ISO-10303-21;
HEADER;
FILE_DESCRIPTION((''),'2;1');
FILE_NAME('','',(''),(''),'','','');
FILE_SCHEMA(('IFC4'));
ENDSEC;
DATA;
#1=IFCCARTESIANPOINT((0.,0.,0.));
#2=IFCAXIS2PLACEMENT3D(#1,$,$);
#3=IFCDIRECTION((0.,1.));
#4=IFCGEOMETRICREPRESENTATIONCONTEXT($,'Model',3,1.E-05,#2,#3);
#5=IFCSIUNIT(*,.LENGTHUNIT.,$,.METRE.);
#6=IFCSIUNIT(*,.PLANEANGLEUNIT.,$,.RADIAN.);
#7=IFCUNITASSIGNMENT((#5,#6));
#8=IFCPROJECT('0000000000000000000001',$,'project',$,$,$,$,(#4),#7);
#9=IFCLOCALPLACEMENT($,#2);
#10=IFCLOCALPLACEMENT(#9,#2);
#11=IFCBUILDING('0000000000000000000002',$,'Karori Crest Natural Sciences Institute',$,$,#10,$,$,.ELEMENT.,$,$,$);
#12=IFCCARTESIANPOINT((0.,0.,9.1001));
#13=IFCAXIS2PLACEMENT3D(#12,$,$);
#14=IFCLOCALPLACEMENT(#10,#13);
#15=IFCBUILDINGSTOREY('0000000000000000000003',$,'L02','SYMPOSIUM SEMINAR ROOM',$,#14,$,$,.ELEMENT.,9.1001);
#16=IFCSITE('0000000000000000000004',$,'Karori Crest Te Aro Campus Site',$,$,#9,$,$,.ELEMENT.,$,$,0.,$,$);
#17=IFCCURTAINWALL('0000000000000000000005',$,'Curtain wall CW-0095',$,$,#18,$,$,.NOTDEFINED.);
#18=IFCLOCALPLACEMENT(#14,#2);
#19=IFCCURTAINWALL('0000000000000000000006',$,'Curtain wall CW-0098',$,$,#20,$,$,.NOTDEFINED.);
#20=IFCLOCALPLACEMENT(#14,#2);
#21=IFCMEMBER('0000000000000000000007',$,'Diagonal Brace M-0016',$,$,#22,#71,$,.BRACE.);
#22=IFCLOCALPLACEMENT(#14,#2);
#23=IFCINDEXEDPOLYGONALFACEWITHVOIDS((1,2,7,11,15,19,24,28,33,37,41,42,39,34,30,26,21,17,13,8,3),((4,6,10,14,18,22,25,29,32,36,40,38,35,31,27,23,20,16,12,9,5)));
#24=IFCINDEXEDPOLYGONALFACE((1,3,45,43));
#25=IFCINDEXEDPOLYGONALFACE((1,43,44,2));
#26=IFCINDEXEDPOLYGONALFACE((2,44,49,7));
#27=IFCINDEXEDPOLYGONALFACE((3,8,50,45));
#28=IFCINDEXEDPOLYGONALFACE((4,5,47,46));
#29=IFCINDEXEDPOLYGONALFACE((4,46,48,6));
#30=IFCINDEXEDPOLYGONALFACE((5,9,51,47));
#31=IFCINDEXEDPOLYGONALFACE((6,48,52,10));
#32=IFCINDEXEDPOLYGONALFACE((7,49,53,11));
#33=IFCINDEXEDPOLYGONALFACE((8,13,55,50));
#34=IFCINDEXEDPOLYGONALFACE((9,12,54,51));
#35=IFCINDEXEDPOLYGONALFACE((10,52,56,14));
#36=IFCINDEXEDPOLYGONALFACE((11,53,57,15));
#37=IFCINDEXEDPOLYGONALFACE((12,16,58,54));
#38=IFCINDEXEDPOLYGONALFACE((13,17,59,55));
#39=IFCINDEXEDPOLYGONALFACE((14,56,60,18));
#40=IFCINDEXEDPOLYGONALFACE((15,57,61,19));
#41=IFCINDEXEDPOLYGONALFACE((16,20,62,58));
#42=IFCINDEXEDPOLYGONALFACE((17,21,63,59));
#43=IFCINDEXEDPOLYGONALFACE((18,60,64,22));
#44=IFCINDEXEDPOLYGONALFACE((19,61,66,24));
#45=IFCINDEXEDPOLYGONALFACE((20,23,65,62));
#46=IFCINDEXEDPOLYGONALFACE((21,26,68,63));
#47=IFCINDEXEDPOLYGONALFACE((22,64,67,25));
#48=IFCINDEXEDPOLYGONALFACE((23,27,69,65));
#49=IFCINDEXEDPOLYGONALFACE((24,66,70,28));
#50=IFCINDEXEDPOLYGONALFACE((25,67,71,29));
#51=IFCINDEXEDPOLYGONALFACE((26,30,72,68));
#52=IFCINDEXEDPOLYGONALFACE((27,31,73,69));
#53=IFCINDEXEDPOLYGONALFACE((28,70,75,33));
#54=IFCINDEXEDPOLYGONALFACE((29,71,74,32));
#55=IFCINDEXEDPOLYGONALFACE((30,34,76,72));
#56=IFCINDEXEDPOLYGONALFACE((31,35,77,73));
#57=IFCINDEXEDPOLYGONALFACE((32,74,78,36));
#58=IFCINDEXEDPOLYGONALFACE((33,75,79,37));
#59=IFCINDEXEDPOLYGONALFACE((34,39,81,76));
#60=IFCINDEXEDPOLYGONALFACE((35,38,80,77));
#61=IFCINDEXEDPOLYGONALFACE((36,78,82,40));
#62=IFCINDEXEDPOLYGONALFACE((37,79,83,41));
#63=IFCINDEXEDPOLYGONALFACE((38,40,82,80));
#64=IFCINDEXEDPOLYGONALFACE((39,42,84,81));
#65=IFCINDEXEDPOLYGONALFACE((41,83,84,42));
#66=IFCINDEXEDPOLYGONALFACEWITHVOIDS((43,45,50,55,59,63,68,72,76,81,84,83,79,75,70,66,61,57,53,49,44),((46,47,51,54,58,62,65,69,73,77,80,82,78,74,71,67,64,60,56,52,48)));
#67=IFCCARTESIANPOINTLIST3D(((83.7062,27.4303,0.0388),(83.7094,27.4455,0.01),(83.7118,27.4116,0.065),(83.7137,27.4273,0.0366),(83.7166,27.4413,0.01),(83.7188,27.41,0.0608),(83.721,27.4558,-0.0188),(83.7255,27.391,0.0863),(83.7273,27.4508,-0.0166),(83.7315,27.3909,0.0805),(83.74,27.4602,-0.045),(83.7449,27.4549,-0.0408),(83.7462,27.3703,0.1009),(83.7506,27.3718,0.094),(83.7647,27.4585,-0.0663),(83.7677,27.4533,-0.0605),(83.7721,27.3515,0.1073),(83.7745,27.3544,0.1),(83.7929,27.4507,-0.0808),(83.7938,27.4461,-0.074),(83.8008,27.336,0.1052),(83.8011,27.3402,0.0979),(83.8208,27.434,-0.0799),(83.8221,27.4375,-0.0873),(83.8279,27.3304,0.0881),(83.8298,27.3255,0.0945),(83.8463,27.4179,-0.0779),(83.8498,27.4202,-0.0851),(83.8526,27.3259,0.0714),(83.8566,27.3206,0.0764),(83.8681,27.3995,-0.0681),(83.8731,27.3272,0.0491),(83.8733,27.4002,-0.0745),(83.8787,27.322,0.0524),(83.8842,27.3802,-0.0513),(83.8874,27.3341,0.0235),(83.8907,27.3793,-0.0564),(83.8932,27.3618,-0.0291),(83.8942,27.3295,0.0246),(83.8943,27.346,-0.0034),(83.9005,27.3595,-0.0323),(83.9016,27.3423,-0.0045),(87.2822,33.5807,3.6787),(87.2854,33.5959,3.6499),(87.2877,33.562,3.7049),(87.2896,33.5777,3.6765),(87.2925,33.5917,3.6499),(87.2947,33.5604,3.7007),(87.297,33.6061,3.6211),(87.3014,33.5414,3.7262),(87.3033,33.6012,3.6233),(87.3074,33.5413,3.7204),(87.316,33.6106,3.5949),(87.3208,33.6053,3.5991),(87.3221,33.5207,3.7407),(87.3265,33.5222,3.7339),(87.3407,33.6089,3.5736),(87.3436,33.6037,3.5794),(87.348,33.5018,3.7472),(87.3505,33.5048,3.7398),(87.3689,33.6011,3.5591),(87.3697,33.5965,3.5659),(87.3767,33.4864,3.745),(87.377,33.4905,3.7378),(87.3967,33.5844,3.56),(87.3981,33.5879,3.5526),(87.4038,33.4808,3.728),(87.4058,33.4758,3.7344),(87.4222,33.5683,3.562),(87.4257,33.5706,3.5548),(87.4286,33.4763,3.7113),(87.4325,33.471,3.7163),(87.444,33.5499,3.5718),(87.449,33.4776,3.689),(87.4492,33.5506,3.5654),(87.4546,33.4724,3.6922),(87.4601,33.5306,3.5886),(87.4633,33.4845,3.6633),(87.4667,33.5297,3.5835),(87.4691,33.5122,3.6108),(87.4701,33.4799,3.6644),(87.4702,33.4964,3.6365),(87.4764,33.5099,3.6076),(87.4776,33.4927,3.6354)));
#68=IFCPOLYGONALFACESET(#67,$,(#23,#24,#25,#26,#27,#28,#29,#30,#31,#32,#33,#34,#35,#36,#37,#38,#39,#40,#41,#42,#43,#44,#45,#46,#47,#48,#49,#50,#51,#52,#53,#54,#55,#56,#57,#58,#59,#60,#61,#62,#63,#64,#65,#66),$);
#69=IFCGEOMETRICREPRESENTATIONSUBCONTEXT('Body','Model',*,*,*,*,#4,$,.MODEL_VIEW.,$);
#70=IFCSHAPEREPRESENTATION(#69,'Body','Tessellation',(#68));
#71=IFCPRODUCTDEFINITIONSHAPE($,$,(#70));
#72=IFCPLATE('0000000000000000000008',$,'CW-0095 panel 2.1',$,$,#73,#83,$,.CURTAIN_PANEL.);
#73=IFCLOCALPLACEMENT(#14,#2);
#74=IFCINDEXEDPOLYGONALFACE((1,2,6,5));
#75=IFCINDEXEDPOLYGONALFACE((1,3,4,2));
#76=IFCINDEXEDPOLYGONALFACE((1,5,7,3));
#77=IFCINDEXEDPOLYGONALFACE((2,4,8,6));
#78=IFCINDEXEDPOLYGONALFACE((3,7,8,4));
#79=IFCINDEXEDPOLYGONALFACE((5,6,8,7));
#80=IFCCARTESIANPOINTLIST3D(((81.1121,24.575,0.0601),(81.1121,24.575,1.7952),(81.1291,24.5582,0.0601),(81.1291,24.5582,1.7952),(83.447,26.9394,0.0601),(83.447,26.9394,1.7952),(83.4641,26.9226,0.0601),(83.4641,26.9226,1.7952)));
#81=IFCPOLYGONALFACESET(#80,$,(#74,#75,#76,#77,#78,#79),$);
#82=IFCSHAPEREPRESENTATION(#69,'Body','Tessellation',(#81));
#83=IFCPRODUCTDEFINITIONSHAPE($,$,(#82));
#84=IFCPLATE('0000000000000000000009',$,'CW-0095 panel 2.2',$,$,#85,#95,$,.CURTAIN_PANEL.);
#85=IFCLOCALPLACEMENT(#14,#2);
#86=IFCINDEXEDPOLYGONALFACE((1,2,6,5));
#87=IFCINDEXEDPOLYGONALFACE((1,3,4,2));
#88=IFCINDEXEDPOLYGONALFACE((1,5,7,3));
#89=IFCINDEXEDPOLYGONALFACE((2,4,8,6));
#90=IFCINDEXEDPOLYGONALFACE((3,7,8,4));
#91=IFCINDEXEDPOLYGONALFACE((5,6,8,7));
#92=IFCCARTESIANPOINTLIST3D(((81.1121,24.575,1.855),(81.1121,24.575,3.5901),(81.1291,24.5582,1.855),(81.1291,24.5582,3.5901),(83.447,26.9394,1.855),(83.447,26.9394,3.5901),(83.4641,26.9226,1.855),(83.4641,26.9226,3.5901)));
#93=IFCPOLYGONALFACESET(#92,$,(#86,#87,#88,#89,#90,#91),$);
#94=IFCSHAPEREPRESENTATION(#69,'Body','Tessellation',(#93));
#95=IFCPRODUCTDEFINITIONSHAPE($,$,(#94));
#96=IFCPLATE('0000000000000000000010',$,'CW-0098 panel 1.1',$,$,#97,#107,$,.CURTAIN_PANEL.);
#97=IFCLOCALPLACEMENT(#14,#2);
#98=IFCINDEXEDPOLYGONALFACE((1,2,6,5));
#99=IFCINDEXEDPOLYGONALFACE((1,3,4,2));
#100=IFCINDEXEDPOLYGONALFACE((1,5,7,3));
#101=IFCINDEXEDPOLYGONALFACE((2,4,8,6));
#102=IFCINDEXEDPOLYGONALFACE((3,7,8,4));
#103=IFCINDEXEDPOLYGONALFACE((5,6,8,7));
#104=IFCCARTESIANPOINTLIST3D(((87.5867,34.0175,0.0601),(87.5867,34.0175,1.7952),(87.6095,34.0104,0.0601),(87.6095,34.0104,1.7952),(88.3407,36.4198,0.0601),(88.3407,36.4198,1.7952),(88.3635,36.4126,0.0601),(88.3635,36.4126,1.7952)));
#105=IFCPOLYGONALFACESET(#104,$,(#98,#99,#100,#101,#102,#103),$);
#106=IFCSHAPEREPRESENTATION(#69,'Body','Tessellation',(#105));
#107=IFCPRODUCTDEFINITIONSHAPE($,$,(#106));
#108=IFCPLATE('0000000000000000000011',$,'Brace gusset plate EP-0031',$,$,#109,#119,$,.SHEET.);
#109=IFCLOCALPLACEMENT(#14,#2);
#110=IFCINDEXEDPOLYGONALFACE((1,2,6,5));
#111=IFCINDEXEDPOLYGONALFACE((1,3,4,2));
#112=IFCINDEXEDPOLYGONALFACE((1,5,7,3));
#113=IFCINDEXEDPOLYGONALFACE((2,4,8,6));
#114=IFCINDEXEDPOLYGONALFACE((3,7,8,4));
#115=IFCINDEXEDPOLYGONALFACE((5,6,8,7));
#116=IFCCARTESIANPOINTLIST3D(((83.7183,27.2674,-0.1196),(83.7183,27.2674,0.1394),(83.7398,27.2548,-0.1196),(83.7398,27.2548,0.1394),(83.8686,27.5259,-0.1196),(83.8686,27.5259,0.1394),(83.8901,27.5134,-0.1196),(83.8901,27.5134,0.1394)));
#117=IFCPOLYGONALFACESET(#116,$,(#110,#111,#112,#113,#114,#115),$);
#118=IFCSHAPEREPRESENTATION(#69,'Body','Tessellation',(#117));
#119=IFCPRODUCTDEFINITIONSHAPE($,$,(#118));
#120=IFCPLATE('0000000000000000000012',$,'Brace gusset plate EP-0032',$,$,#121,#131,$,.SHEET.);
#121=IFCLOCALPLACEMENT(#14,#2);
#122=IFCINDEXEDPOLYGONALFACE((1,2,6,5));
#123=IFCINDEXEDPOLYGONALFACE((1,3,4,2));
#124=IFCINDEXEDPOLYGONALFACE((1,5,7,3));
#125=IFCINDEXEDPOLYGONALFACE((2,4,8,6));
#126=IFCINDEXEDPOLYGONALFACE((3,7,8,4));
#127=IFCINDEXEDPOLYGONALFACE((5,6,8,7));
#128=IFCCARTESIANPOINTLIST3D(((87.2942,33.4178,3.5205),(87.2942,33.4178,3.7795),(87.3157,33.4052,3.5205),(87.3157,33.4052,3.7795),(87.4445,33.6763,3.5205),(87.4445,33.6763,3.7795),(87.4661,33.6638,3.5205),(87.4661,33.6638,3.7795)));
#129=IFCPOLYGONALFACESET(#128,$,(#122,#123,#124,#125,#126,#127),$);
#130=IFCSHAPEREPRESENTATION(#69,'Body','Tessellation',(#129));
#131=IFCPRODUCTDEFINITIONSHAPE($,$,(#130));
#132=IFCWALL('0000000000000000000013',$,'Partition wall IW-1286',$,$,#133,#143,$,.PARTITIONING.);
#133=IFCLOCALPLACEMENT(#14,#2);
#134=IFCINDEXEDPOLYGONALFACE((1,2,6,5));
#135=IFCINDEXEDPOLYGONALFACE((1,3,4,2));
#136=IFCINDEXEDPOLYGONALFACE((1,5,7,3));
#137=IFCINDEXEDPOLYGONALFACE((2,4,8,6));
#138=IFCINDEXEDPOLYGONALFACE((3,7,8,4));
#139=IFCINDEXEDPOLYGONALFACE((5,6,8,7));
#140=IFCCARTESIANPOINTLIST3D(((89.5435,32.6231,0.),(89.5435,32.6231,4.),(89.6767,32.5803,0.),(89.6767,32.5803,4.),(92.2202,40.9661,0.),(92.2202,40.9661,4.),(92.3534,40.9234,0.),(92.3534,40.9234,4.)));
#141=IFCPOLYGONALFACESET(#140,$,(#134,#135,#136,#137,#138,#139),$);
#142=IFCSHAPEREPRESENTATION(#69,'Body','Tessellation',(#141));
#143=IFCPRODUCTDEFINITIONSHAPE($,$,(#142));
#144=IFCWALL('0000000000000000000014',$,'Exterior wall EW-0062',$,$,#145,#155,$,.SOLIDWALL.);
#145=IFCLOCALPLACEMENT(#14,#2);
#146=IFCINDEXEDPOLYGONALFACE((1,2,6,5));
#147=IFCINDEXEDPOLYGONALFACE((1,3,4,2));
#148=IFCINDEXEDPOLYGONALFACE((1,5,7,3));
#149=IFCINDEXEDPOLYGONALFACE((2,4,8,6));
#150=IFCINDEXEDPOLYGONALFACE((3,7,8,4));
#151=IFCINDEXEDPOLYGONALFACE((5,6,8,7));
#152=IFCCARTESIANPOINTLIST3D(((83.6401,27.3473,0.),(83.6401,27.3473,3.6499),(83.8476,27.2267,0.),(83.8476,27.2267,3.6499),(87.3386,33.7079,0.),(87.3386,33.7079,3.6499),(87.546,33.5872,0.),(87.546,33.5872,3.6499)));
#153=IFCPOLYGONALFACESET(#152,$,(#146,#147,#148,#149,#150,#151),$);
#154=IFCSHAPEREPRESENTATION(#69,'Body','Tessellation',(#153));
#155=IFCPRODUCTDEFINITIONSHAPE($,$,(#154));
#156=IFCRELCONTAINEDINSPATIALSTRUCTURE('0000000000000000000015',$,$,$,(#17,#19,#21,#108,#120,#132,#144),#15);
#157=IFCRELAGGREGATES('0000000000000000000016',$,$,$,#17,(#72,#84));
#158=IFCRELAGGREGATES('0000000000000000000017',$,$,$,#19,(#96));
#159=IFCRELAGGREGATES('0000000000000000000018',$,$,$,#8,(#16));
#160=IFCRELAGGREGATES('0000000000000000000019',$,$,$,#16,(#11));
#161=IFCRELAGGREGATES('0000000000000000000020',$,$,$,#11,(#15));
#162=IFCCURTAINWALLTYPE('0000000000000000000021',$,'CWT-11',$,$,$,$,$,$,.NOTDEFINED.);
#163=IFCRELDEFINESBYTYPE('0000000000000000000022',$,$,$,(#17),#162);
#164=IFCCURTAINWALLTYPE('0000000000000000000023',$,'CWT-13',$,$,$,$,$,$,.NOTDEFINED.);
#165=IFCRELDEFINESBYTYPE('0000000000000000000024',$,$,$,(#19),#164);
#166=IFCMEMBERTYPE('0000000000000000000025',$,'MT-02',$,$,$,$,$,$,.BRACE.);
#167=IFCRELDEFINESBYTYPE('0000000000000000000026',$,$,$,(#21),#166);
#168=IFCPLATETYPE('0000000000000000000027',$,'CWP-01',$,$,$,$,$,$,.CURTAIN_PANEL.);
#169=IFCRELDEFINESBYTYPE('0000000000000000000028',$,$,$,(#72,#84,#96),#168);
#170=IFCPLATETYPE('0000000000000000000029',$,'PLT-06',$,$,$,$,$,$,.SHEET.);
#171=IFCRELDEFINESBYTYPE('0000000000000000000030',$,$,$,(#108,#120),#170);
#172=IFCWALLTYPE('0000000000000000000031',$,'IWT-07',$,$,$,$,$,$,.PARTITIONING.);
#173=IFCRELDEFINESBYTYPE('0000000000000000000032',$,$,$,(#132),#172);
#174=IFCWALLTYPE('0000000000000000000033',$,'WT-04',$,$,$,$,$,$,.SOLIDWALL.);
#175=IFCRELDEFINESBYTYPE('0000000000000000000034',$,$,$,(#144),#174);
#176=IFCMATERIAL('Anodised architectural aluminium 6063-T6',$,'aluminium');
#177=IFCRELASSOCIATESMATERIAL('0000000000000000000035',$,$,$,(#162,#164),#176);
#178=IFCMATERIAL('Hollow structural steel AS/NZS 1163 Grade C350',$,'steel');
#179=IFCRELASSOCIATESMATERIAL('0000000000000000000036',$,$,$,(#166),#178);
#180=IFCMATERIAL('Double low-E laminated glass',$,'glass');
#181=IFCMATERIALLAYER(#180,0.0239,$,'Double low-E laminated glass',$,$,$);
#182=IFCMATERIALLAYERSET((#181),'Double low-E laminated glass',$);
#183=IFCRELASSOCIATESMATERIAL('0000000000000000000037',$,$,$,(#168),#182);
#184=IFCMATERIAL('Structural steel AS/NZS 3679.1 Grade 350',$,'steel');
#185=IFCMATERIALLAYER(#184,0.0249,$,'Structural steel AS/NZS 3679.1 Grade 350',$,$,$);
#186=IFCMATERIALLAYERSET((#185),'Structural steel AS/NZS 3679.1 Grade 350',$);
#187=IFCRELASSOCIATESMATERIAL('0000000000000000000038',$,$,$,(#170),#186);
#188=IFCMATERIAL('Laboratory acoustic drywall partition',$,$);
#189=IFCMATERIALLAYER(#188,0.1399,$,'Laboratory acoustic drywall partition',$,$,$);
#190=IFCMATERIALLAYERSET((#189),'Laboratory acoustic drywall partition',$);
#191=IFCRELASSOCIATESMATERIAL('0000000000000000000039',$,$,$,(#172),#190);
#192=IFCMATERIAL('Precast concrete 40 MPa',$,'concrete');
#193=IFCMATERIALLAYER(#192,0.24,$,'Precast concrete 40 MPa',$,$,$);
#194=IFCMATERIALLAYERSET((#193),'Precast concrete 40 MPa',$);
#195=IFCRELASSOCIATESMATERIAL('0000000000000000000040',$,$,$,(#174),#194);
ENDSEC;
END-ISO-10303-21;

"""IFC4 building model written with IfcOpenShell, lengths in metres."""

from ifc_helpers import new_model, si_unit, direction, frame, frame_2d, origin, origin_2d, place, context, subcontext, project, spatial, rectangle, hollow_circle, extrude, material, layer, layer_set, material_profile, profile_set, type_object, element, aggregate, save


model = new_model("IFC4")

# Units and contexts
model_context = context("Model", 3, precision=1e-05, world=origin(), true_north=direction((0.0, 1.0)))
body_context = subcontext(model_context, "Body", "Model", "MODEL_VIEW")
ifc_project = project(units=[si_unit("LENGTHUNIT", "METRE"), si_unit("PLANEANGLEUNIT", "RADIAN")], contexts=[model_context])

# Site, building, storey
site_placement = place(None, origin())
site = spatial("IfcSite", under=ifc_project, at=site_placement, Name="Karori Crest Te Aro Campus Site", CompositionType="ELEMENT", RefElevation=0.0)
building_placement = place(site_placement, origin())
building = spatial("IfcBuilding", under=site, at=building_placement, Name="Karori Crest Natural Sciences Institute", CompositionType="ELEMENT")
storey_placement = place(building_placement, frame((0.0, 0.0, 9.1001)))
storey = spatial("IfcBuildingStorey", under=building, at=storey_placement, Name="L02", Description="SYMPOSIUM SEMINAR ROOM", CompositionType="ELEMENT", Elevation=9.1001)

# Shared definitions
ifc_material_1 = material(Name="Structural steel AS/NZS 3679.1 Grade 350", Category="steel")

# Shared definitions
ifc_material_2 = material(Name="Hollow structural steel AS/NZS 1163 Grade C350", Category="steel")

# Curtain wall
ifc_material_3 = material(Name="Anodised architectural aluminium 6063-T6", Category="aluminium")
curtain_wall_type_1 = type_object("IfcCurtainWallType", Name="CWT-11", PredefinedType="NOTDEFINED", material=ifc_material_3)
curtain_wall_1_placement = place(storey_placement, origin())
curtain_wall_1 = element("IfcCurtainWall", 1, at=curtain_wall_1_placement, inside=storey, type_object=curtain_wall_type_1, Name="Curtain wall CW-0095", PredefinedType="NOTDEFINED")

# Curtain wall
curtain_wall_type_2 = type_object("IfcCurtainWallType", Name="CWT-13", PredefinedType="NOTDEFINED", material=ifc_material_3)
curtain_wall_2_placement = place(storey_placement, origin())
curtain_wall_2 = element("IfcCurtainWall", 2, at=curtain_wall_2_placement, inside=storey, type_object=curtain_wall_type_2, Name="Curtain wall CW-0098", PredefinedType="NOTDEFINED")

# Member
ifc_material_profile_1 = material_profile(ifc_material_2, hollow_circle(Radius=0.1096, WallThickness=0.0083, at=origin_2d()), Name="CHS219.1x8.2")
ifc_profile_set_1 = profile_set([ifc_material_profile_1], Name="Hollow structural steel AS/NZS 1163 Grade C350")
member_type_1 = type_object("IfcMemberType", Name="MT-02", PredefinedType="BRACE", material=ifc_profile_set_1)
member_1_placement = place(storey_placement, frame((83.8042, 27.3904, 0.01), z_axis=(0.447469, 0.769621, 0.455473), x_axis=(-0.8645, 0.502633, 0.0)))
element("IfcMember", 3, at=member_1_placement, inside=storey, type_object=member_type_1, Name="Diagonal Brace M-0016", PredefinedType="BRACE", context=body_context, shape_type="SweptSolid", body=[
    extrude(hollow_circle(Radius=0.1096, WallThickness=0.0083, at=origin_2d()), origin(), (0.0, 0.0, 1.0), 7.9915),
])

# Plates
ifc_material_4 = material(Name="Double low-E laminated glass", Category="glass")
ifc_layer_1 = layer(ifc_material_4, 0.0239, Name="Double low-E laminated glass")
ifc_layer_set_1 = layer_set([ifc_layer_1], Name="Double low-E laminated glass")
plate_type_1 = type_object("IfcPlateType", Name="CWP-01", PredefinedType="CURTAIN_PANEL", material=ifc_layer_set_1)
plate_1_placement = place(storey_placement, frame((82.2881, 25.7488, 0.0601), z_axis=(0.0, 0.0, 1.0), x_axis=(0.702656, 0.711529, 0.0)))
plate_1 = element("IfcPlate", 4, at=plate_1_placement, type_object=plate_type_1, Name="CW-0095 panel 2.1", PredefinedType="CURTAIN_PANEL", context=body_context, shape_type="SweptSolid", body=[
    extrude(rectangle(XDim=3.323, YDim=0.0239, at=origin_2d()), origin(), (0.0, 0.0, 1.0), 1.7351),
])
plate_2_placement = place(storey_placement, frame((82.2881, 25.7488, 1.855), z_axis=(0.0, 0.0, 1.0), x_axis=(0.702656, 0.711529, 0.0)))
plate_2 = element("IfcPlate", 5, at=plate_2_placement, type_object=plate_type_1, Name="CW-0095 panel 2.2", PredefinedType="CURTAIN_PANEL", context=body_context, shape_type="SweptSolid", body=[
    extrude(rectangle(XDim=3.323, YDim=0.0239, at=origin_2d()), origin(), (0.0, 0.0, 1.0), 1.7351),
])
aggregate(curtain_wall_1, [plate_1, plate_2])
plate_3_placement = place(storey_placement, frame((87.9751, 35.2151, 0.0601), z_axis=(0.0, 0.0, 1.0), x_axis=(0.299477, 0.954104, 0.0)))
plate_3 = element("IfcPlate", 6, at=plate_3_placement, type_object=plate_type_1, Name="CW-0098 panel 1.1", PredefinedType="CURTAIN_PANEL", context=body_context, shape_type="SweptSolid", body=[
    extrude(rectangle(XDim=2.5178, YDim=0.0239, at=origin_2d()), origin(), (0.0, 0.0, 1.0), 1.7351),
])
aggregate(curtain_wall_2, [plate_3])

# Plates
ifc_layer_2 = layer(ifc_material_1, 0.0249, Name="Structural steel AS/NZS 3679.1 Grade 350")
ifc_layer_set_2 = layer_set([ifc_layer_2], Name="Structural steel AS/NZS 3679.1 Grade 350")
plate_type_2 = type_object("IfcPlateType", Name="PLT-06", PredefinedType="SHEET", material=ifc_layer_set_2)
for number, where, z_axis, x_axis, name in (
    (7, (83.8042, 27.3904, -0.1196), (0.0, 0.0, 1.0), (0.502652, 0.864489, 0.0), "Brace gusset plate EP-0031"),
    (8, (87.3801, 33.5408, 3.5205), (0.0, 0.0, 1.0), (0.502652, 0.864489, 0.0), "Brace gusset plate EP-0032"),
):
    element("IfcPlate", number, at=place(storey_placement, frame(where, z_axis=z_axis, x_axis=x_axis)), inside=storey, type_object=plate_type_2, Name=name, PredefinedType="SHEET", context=body_context, shape_type="SweptSolid", body=[
        extrude(rectangle(XDim=0.2991, YDim=0.0249, at=origin_2d()), origin(), (0.0, 0.0, 1.0), 0.259),
    ])

# Walls
ifc_material_5 = material(Name="Laboratory acoustic drywall partition")
ifc_layer_3 = layer(ifc_material_5, 0.1399, Name="Laboratory acoustic drywall partition")
ifc_layer_set_3 = layer_set([ifc_layer_3], Name="Laboratory acoustic drywall partition")
wall_type_1 = type_object("IfcWallType", Name="IWT-07", PredefinedType="PARTITIONING", material=ifc_layer_set_3)
wall_1_placement = place(storey_placement, frame((89.6101, 32.6018, 0.0), z_axis=(0.0, 0.0, 1.0), x_axis=(0.3055, 0.952192, 0.0)))
element("IfcWall", 9, at=wall_1_placement, inside=storey, type_object=wall_type_1, Name="Partition wall IW-1286", PredefinedType="PARTITIONING", context=body_context, shape_type="SweptSolid", body=[
    extrude(rectangle(XDim=8.762, YDim=0.1399, at=frame_2d((4.3809, 0.0))), origin(), (0.0, 0.0, 1.0), 4.0),
])
ifc_material_6 = material(Name="Precast concrete 40 MPa", Category="concrete")
ifc_layer_4 = layer(ifc_material_6, 0.24, Name="Precast concrete 40 MPa")
ifc_layer_set_4 = layer_set([ifc_layer_4], Name="Precast concrete 40 MPa")
wall_type_2 = type_object("IfcWallType", Name="WT-04", PredefinedType="SOLIDWALL", material=ifc_layer_set_4)
wall_2_placement = place(storey_placement, frame((83.7439, 27.2871, 0.0), z_axis=(0.0, 0.0, 1.0), x_axis=(0.502668, 0.86448, 0.0)))
element("IfcWall", 10, at=wall_2_placement, inside=storey, type_object=wall_type_2, Name="Exterior wall EW-0062", PredefinedType="SOLIDWALL", context=body_context, shape_type="SweptSolid", body=[
    extrude(rectangle(XDim=7.3577, YDim=0.24, at=frame_2d((3.6787, 0.0))), origin(), (0.0, 0.0, 1.0), 3.6499),
])

save(model, "model.ifc")
